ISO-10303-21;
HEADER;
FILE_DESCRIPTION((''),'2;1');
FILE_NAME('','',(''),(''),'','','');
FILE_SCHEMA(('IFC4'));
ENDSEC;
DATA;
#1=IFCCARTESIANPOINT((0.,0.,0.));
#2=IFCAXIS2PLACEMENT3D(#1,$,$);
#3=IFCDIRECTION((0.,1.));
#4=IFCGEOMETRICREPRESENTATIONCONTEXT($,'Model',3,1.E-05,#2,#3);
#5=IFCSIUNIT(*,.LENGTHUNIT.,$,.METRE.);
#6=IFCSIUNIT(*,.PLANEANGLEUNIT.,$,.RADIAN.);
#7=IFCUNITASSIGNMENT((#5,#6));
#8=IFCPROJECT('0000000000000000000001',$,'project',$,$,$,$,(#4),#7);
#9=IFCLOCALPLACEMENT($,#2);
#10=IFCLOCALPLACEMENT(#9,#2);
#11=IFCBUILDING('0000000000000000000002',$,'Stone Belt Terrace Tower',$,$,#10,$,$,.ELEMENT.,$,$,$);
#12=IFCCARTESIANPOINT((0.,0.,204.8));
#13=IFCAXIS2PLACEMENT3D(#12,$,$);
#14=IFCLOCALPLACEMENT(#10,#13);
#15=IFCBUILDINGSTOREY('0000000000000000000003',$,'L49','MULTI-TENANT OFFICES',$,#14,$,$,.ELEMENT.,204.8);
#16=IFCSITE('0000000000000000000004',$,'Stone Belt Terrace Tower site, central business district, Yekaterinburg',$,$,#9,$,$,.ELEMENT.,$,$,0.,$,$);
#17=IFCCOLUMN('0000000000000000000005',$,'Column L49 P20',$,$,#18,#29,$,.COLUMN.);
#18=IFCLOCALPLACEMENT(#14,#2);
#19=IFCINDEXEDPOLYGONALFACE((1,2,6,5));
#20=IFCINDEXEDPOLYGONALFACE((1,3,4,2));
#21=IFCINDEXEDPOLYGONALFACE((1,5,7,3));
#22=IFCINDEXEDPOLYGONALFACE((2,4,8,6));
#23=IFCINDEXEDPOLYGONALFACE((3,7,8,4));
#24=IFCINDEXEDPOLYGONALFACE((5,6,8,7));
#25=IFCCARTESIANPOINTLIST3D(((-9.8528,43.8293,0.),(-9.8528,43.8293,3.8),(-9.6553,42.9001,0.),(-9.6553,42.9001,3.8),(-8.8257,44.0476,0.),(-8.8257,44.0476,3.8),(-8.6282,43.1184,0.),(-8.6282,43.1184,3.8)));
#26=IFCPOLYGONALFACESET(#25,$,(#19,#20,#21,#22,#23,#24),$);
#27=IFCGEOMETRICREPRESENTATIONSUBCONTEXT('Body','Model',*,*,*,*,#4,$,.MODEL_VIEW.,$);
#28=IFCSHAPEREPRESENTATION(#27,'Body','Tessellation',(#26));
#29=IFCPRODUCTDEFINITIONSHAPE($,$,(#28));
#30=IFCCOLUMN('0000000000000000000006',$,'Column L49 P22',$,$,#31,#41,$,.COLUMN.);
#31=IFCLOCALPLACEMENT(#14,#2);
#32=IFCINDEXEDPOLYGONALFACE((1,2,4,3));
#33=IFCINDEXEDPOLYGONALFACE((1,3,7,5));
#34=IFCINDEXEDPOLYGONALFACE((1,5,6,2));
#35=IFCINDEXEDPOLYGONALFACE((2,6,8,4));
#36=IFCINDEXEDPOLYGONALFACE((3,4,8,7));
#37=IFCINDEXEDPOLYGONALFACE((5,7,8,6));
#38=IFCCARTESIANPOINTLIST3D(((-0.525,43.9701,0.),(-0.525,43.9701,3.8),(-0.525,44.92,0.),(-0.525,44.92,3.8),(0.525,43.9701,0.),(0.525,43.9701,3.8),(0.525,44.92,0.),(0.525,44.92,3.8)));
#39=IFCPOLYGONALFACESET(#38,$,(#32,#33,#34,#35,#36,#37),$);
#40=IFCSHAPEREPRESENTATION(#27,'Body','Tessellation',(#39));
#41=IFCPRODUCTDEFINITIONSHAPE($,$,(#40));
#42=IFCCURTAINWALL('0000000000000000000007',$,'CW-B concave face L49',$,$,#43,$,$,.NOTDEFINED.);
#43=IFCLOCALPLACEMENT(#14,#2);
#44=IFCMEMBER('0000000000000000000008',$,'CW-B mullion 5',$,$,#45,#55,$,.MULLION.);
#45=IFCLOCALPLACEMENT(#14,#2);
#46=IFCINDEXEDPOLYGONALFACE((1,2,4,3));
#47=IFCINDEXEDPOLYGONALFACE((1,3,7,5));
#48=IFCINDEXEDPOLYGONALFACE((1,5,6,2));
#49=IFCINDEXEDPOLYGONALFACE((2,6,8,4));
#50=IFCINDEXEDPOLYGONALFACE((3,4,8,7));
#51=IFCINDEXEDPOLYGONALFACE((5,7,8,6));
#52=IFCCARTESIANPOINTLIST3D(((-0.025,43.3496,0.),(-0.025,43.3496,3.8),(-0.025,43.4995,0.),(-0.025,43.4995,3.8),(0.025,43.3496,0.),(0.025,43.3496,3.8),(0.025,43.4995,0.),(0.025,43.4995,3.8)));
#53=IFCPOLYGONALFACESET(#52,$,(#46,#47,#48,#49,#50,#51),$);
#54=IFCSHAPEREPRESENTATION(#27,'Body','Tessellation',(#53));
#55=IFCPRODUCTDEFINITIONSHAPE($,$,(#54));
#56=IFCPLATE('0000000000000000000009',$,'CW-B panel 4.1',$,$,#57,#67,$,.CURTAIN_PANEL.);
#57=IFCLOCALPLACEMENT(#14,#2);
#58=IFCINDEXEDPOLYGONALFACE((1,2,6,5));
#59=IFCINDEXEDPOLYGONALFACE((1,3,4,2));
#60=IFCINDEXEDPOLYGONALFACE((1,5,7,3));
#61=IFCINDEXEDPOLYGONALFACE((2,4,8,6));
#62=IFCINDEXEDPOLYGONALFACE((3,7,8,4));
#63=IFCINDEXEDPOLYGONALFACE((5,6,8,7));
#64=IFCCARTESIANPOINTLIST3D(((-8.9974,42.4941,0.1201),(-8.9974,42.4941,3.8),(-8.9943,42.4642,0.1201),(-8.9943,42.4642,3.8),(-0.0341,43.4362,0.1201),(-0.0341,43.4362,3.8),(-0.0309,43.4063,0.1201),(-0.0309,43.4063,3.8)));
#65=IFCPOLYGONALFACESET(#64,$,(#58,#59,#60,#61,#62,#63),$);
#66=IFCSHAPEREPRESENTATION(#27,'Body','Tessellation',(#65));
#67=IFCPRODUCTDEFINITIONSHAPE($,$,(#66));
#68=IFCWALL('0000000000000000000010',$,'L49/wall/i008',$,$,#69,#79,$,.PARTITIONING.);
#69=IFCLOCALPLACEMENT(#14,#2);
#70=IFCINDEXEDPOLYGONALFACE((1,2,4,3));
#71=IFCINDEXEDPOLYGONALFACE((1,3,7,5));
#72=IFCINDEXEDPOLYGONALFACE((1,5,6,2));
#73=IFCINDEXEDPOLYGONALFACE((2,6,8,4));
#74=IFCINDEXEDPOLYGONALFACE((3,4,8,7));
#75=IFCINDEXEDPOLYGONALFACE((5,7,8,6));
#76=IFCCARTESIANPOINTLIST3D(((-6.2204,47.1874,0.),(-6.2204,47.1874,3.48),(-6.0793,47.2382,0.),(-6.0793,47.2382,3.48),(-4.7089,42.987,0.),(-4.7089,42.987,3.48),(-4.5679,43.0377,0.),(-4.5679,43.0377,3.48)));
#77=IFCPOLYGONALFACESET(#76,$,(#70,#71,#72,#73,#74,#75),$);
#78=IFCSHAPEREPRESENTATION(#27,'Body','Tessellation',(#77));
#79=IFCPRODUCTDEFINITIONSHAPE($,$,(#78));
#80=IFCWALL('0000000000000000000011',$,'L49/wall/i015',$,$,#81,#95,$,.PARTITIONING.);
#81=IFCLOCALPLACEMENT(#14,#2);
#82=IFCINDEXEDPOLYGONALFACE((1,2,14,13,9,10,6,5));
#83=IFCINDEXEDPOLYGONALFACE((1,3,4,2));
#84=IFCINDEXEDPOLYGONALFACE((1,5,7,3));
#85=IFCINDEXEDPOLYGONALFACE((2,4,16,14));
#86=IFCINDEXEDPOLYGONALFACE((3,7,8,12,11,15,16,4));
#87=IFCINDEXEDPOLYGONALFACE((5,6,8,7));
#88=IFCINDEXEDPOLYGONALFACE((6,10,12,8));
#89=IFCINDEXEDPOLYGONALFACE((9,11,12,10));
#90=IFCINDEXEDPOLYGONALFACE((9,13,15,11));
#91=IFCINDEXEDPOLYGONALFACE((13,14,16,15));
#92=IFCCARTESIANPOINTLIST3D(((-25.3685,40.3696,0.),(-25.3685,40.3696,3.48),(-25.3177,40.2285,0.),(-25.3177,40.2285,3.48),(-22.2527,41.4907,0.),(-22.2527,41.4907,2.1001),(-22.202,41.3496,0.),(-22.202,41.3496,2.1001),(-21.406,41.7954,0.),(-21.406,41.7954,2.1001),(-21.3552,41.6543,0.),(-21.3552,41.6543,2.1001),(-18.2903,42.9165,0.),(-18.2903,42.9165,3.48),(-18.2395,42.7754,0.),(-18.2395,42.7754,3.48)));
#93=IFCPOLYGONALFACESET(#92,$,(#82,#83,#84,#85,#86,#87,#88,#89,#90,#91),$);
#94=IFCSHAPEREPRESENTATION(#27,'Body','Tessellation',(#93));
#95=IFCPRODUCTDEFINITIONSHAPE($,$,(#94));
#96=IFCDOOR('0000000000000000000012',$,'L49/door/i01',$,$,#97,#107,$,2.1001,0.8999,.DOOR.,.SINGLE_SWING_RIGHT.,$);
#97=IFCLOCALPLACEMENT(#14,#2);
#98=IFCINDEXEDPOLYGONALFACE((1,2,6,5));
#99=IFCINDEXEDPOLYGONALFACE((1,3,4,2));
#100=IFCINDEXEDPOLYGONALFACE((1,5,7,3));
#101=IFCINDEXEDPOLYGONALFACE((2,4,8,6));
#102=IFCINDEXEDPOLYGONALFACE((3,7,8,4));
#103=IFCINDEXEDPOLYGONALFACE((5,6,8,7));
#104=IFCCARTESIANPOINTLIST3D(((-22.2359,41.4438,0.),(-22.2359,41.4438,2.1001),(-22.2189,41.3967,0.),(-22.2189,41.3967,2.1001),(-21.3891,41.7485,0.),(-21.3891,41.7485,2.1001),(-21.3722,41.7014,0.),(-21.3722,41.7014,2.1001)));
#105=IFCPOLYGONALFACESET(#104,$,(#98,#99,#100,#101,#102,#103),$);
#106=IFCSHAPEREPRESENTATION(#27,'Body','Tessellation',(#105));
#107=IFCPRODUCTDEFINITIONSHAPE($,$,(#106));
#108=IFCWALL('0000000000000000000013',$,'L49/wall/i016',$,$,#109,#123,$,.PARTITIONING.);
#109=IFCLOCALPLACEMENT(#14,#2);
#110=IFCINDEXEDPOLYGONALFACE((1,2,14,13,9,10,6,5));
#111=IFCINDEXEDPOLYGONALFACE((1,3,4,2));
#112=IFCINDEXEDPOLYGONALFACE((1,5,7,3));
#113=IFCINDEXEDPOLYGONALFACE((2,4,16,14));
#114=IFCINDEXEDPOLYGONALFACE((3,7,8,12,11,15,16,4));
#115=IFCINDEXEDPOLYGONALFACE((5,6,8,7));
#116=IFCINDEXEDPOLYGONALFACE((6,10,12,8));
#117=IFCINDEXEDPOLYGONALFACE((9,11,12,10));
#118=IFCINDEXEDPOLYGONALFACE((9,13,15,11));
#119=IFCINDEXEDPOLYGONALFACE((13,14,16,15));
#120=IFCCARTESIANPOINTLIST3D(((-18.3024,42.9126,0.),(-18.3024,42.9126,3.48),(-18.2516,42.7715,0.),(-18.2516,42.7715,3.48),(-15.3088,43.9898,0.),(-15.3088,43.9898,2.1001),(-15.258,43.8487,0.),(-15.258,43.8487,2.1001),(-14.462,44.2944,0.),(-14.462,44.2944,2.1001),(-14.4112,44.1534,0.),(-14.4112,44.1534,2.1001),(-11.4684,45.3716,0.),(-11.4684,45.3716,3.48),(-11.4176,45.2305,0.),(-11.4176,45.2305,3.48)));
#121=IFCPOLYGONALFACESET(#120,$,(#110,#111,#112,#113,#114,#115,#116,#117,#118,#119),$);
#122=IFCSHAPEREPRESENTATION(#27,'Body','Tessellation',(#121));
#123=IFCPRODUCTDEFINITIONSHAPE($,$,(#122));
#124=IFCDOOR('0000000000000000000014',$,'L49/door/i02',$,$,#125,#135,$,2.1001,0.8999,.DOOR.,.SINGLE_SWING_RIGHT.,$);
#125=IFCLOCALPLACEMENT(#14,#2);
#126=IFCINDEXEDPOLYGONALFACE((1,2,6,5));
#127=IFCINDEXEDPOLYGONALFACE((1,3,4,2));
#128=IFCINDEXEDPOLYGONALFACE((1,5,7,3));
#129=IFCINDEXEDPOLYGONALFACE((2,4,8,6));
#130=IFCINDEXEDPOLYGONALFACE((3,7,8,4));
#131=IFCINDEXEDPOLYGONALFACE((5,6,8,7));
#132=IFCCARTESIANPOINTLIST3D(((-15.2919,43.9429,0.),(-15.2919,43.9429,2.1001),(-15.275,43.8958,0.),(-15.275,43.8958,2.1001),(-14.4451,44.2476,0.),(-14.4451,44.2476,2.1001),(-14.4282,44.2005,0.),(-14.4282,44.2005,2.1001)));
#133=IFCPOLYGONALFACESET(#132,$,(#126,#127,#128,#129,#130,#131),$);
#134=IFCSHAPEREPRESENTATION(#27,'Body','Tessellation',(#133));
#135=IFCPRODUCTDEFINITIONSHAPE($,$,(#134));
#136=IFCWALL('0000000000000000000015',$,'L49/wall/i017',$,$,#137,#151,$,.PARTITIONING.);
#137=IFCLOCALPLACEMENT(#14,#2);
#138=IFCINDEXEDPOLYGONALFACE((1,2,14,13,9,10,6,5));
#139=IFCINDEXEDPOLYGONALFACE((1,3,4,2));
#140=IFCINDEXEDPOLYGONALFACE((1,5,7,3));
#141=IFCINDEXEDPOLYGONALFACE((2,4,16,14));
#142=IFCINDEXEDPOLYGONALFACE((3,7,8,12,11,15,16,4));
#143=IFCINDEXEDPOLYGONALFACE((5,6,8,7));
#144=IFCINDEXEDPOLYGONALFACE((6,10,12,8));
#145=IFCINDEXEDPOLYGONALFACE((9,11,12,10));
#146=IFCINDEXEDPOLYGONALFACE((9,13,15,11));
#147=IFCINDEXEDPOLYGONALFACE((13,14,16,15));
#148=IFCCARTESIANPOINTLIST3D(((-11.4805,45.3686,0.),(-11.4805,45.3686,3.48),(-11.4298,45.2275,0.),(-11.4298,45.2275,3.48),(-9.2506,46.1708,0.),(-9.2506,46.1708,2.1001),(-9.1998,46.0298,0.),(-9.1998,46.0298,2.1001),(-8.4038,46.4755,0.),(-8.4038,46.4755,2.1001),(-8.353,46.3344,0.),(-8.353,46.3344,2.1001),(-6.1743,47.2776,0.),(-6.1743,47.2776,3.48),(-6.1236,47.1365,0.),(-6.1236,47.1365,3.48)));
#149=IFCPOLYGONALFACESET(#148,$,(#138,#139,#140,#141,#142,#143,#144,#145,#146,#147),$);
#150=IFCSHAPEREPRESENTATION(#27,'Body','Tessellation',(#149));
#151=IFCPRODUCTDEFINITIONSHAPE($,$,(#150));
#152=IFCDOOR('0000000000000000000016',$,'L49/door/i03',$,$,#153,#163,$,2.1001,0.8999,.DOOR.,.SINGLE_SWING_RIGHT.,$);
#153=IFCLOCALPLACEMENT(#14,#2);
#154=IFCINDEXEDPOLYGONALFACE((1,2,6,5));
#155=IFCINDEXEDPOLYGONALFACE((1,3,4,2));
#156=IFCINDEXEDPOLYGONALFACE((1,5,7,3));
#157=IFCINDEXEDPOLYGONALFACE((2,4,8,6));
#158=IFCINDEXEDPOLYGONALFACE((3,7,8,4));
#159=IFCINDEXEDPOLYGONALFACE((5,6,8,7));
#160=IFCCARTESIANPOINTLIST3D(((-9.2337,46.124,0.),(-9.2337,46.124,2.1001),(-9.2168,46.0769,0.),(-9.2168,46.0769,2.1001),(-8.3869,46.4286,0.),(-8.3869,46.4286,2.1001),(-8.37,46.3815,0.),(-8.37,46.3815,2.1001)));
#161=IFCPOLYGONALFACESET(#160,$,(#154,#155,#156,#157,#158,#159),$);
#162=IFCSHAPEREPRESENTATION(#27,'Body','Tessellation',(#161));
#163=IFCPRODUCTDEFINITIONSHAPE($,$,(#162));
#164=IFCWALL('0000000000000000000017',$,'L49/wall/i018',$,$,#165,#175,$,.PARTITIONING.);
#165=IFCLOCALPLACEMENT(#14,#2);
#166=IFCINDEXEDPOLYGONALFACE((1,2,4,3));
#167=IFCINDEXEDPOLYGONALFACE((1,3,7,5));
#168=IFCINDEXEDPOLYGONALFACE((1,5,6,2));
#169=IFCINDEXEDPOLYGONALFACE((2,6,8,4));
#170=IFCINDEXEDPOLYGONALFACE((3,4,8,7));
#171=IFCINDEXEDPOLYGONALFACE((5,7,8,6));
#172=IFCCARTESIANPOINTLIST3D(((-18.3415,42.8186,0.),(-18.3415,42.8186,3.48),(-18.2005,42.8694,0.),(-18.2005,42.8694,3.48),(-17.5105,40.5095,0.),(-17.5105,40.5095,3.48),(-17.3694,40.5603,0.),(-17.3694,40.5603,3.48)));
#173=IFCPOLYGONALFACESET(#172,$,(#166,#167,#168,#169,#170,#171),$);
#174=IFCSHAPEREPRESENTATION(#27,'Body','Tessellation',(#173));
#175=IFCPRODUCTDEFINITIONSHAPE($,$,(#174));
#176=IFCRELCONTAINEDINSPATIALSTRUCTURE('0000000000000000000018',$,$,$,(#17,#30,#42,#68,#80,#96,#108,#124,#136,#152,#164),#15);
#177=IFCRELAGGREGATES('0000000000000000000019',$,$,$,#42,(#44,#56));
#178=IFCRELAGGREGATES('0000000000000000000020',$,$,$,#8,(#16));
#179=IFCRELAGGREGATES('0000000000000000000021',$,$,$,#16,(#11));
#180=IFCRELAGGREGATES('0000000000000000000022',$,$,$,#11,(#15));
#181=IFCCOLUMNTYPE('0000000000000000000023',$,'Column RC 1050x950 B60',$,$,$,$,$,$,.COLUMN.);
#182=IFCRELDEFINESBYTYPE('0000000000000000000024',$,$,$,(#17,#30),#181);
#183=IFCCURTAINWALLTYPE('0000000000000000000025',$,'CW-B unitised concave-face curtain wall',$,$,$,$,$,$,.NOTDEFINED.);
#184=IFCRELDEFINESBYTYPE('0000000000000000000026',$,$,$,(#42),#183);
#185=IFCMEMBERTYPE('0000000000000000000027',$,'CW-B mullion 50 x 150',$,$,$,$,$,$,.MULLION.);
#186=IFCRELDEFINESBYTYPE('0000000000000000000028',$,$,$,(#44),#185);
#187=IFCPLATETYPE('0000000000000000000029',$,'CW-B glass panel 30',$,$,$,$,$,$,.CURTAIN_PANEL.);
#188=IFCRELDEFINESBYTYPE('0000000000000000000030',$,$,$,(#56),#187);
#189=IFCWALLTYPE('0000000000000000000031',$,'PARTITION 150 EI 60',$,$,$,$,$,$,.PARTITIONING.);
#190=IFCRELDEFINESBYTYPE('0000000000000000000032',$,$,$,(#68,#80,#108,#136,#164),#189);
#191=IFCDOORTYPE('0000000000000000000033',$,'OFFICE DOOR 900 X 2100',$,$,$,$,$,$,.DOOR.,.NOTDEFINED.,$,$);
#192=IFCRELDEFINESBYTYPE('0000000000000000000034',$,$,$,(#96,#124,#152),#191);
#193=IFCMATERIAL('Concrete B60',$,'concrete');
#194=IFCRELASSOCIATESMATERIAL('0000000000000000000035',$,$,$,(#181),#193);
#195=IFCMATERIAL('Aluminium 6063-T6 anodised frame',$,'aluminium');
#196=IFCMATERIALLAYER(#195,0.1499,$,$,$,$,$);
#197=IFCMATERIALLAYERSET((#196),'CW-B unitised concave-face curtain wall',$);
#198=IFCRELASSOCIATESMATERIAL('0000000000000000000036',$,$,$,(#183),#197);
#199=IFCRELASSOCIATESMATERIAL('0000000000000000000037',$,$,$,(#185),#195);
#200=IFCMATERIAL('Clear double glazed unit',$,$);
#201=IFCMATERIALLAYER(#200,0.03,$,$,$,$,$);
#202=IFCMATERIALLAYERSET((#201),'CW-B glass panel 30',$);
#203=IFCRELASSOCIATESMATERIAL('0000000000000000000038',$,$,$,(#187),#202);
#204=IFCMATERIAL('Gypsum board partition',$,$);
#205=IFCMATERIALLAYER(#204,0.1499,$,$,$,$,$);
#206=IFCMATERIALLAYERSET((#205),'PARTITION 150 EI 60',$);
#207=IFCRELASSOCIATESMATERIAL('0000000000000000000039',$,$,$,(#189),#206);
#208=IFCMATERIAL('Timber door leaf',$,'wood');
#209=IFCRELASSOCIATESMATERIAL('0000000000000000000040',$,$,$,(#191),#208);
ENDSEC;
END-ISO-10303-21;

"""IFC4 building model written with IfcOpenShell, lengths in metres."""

from ifc_helpers import new_model, si_unit, direction, frame, frame_2d, origin, origin_2d, place, context, subcontext, project, spatial, rectangle, extrude, material, layer, layer_set, material_profile, profile_set, type_object, element, fill, aggregate, save


model = new_model("IFC4")

# Units and contexts
model_context = context("Model", 3, precision=1e-05, world=origin(), true_north=direction((0.0, 1.0)))
body_context = subcontext(model_context, "Body", "Model", "MODEL_VIEW")
ifc_project = project(units=[si_unit("LENGTHUNIT", "METRE"), si_unit("PLANEANGLEUNIT", "RADIAN")], contexts=[model_context])

# Site, building, storey
site_placement = place(None, origin())
site = spatial("IfcSite", under=ifc_project, at=site_placement, Name="Stone Belt Terrace Tower site, central business district, Yekaterinburg", CompositionType="ELEMENT", RefElevation=0.0)
building_placement = place(site_placement, origin())
building = spatial("IfcBuilding", under=site, at=building_placement, Name="Stone Belt Terrace Tower", CompositionType="ELEMENT")
storey_placement = place(building_placement, frame((0.0, 0.0, 204.8)))
storey = spatial("IfcBuildingStorey", under=building, at=storey_placement, Name="L49", Description="MULTI-TENANT OFFICES", CompositionType="ELEMENT", Elevation=204.8)

# Columns
ifc_material_1 = material(Name="Concrete B60", Category="concrete")
ifc_material_profile_1 = material_profile(ifc_material_1, rectangle(XDim=1.05, YDim=0.95, at=origin_2d()), Name="RC 1050x950")
ifc_profile_set_1 = profile_set([ifc_material_profile_1], Name="Concrete B60")
column_type = type_object("IfcColumnType", Name="Column RC 1050x950 B60", PredefinedType="COLUMN", material=ifc_profile_set_1)
for number, where, z_axis, x_axis, name in (
    (1, (-9.2405, 43.4739, 0.0), (0.0, 0.0, 1.0), (0.978148, 0.207912, 0.0), "Column L49 P20"),
    (2, (0.0, 44.4451, 0.0), (0.0, 0.0, 1.0), (1.0, 0.0, 0.0), "Column L49 P22"),
):
    element("IfcColumn", number, at=place(storey_placement, frame(where, z_axis=z_axis, x_axis=x_axis)), inside=storey, type_object=column_type, Name=name, PredefinedType="COLUMN", context=body_context, shape_type="SweptSolid", body=[
        extrude(rectangle(XDim=1.05, YDim=0.95, at=origin_2d()), origin(), (0.0, 0.0, 1.0), 3.8),
    ])

# Curtain wall, member, plate
ifc_material_2 = material(Name="Aluminium 6063-T6 anodised frame", Category="aluminium")
ifc_layer_1 = layer(ifc_material_2, 0.1499)
ifc_layer_set_1 = layer_set([ifc_layer_1], Name="CW-B unitised concave-face curtain wall")
curtain_wall_type = type_object("IfcCurtainWallType", Name="CW-B unitised concave-face curtain wall", PredefinedType="NOTDEFINED", material=ifc_layer_set_1)
curtain_wall_placement = place(storey_placement, origin())
curtain_wall = element("IfcCurtainWall", 3, at=curtain_wall_placement, inside=storey, type_object=curtain_wall_type, Name="CW-B concave face L49", PredefinedType="NOTDEFINED")
ifc_material_profile_2 = material_profile(ifc_material_2, rectangle(XDim=0.1499, YDim=0.05, at=origin_2d()), Name="Aluminium 6063-T6 50x150")
ifc_profile_set_2 = profile_set([ifc_material_profile_2], Name="Aluminium 6063-T6 anodised frame")
member_type = type_object("IfcMemberType", Name="CW-B mullion 50 x 150", PredefinedType="MULLION", material=ifc_profile_set_2)
member_placement = place(storey_placement, frame((0.0, 43.4246, 0.0), z_axis=(0.0, 0.0, 1.0), x_axis=(0.0, 1.0, 0.0)))
member = element("IfcMember", 4, at=member_placement, type_object=member_type, Name="CW-B mullion 5", PredefinedType="MULLION", context=body_context, shape_type="SweptSolid", body=[
    extrude(rectangle(XDim=0.1499, YDim=0.05, at=origin_2d()), origin(), (0.0, 0.0, 1.0), 3.8),
])
ifc_material_3 = material(Name="Clear double glazed unit")
ifc_layer_2 = layer(ifc_material_3, 0.03)
ifc_layer_set_2 = layer_set([ifc_layer_2], Name="CW-B glass panel 30")
plate_type = type_object("IfcPlateType", Name="CW-B glass panel 30", PredefinedType="CURTAIN_PANEL", material=ifc_layer_set_2)
plate_placement = place(storey_placement, frame((-4.5142, 42.9502, 0.1201), z_axis=(0.0, 0.0, 1.0), x_axis=(0.994522, 0.104528, 0.0)))
plate = element("IfcPlate", 5, at=plate_placement, type_object=plate_type, Name="CW-B panel 4.1", PredefinedType="CURTAIN_PANEL", context=body_context, shape_type="SweptSolid", body=[
    extrude(rectangle(XDim=9.0127, YDim=0.03, at=origin_2d()), origin(), (0.0, 0.0, 1.0), 3.6799),
])
aggregate(curtain_wall, [member, plate])

# Wall
ifc_material_4 = material(Name="Gypsum board partition")
ifc_layer_3 = layer(ifc_material_4, 0.1499)
ifc_layer_set_3 = layer_set([ifc_layer_3], Name="PARTITION 150 EI 60")
wall_type_1 = type_object("IfcWallType", Name="PARTITION 150 EI 60", PredefinedType="PARTITIONING", material=ifc_layer_set_3)
wall_1_placement = place(storey_placement, frame((-4.6384, 43.0125, 0.0), z_axis=(0.0, 0.0, 1.0), x_axis=(-0.338584, 0.940936, 0.0)))
element("IfcWall", 6, at=wall_1_placement, inside=storey, type_object=wall_type_1, Name="L49/wall/i008", PredefinedType="PARTITIONING", context=body_context, shape_type="SweptSolid", body=[
    extrude(rectangle(XDim=4.4641, YDim=0.1499, at=frame_2d((2.2319, 0.0))), origin(), (0.0, 0.0, 1.0), 3.48),
])

# Walls, openings, doors
wall_2_placement = place(storey_placement, frame((-18.2649, 42.8459, 0.0), z_axis=(0.0, 0.0, 1.0), x_axis=(-0.94094, -0.338572, 0.0)))
wall_2 = element("IfcWall", 7, at=wall_2_placement, inside=storey, type_object=wall_type_1, Name="L49/wall/i015", PredefinedType="PARTITIONING", context=body_context, shape_type="SweptSolid", body=[
    extrude(rectangle(XDim=7.5225, YDim=0.1499, at=frame_2d((3.7612, 0.0))), origin(), (0.0, 0.0, 1.0), 3.48),
])
opening_1_placement = place(wall_2_placement, frame((3.3113, 0.0, 0.0)))
opening_1 = element("IfcOpeningElement", 8, at=opening_1_placement, cuts=wall_2, PredefinedType="OPENING", context=body_context, shape_type="SweptSolid", body=[
    extrude(rectangle(XDim=0.8999, YDim=2.1001, at=frame_2d((0.45, 1.05))), frame((0.0, 0.085, 0.0), z_axis=(0.0, -1.0, 0.0), x_axis=(1.0, 0.0, 0.0)), (0.0, 0.0, 1.0), 0.1699),
])
ifc_material_5 = material(Name="Timber door leaf", Category="wood")
door_type_1 = type_object("IfcDoorType", Name="OFFICE DOOR 900 X 2100", OperationType="NOTDEFINED", PredefinedType="DOOR", material=ifc_material_5)
door_1_placement = place(opening_1_placement, origin())
door_1 = element("IfcDoor", 9, at=door_1_placement, inside=storey, type_object=door_type_1, Name="L49/door/i01", OperationType="SINGLE_SWING_RIGHT", OverallHeight=2.1001, OverallWidth=0.8999, PredefinedType="DOOR", context=body_context, shape_type="SweptSolid", body=[
    extrude(rectangle(XDim=0.8999, YDim=2.1001, at=frame_2d((0.45, 1.05))), frame((0.0, 0.0249, 0.0), z_axis=(0.0, -1.0, 0.0), x_axis=(1.0, 0.0, 0.0)), (0.0, 0.0, 1.0), 0.05),
])
fill(opening_1, door_1)
wall_3_placement = place(storey_placement, frame((-11.4431, 45.301, 0.0), z_axis=(0.0, 0.0, 1.0), x_axis=(-0.940942, -0.338567, 0.0)))
wall_3 = element("IfcWall", 10, at=wall_3_placement, inside=storey, type_object=wall_type_1, Name="L49/wall/i016", PredefinedType="PARTITIONING", context=body_context, shape_type="SweptSolid", body=[
    extrude(rectangle(XDim=7.2629, YDim=0.1499, at=frame_2d((3.6313, 0.0))), origin(), (0.0, 0.0, 1.0), 3.48),
])
opening_2_placement = place(wall_3_placement, frame((3.1814, 0.0, 0.0)))
opening_2 = element("IfcOpeningElement", 11, at=opening_2_placement, cuts=wall_3, PredefinedType="OPENING", context=body_context, shape_type="SweptSolid", body=[
    extrude(rectangle(XDim=0.8999, YDim=2.1001, at=frame_2d((0.45, 1.05))), frame((0.0, 0.085, 0.0), z_axis=(0.0, -1.0, 0.0), x_axis=(1.0, 0.0, 0.0)), (0.0, 0.0, 1.0), 0.1699),
])
door_2_placement = place(opening_2_placement, origin())
door_2 = element("IfcDoor", 12, at=door_2_placement, inside=storey, type_object=door_type_1, Name="L49/door/i02", OperationType="SINGLE_SWING_RIGHT", OverallHeight=2.1001, OverallWidth=0.8999, PredefinedType="DOOR", context=body_context, shape_type="SweptSolid", body=[
    extrude(rectangle(XDim=0.8999, YDim=2.1001, at=frame_2d((0.45, 1.05))), frame((0.0, 0.0249, 0.0), z_axis=(0.0, -1.0, 0.0), x_axis=(1.0, 0.0, 0.0)), (0.0, 0.0, 1.0), 0.05),
])
fill(opening_2, door_2)
wall_4_placement = place(storey_placement, frame((-6.1489, 47.207, 0.0), z_axis=(0.0, 0.0, 1.0), x_axis=(-0.94096, -0.338519, 0.0)))
wall_4 = element("IfcWall", 13, at=wall_4_placement, inside=storey, type_object=wall_type_1, Name="L49/wall/i017", PredefinedType="PARTITIONING", context=body_context, shape_type="SweptSolid", body=[
    extrude(rectangle(XDim=5.6392, YDim=0.1499, at=frame_2d((2.8196, 0.0))), origin(), (0.0, 0.0, 1.0), 3.48),
])
opening_3_placement = place(wall_4_placement, frame((2.3694, 0.0, 0.0)))
opening_3 = element("IfcOpeningElement", 14, at=opening_3_placement, cuts=wall_4, PredefinedType="OPENING", context=body_context, shape_type="SweptSolid", body=[
    extrude(rectangle(XDim=0.8999, YDim=2.1001, at=frame_2d((0.45, 1.05))), frame((0.0, 0.085, 0.0), z_axis=(0.0, -1.0, 0.0), x_axis=(1.0, 0.0, 0.0)), (0.0, 0.0, 1.0), 0.1699),
])
door_3_placement = place(opening_3_placement, origin())
door_3 = element("IfcDoor", 15, at=door_3_placement, inside=storey, type_object=door_type_1, Name="L49/door/i03", OperationType="SINGLE_SWING_RIGHT", OverallHeight=2.1001, OverallWidth=0.8999, PredefinedType="DOOR", context=body_context, shape_type="SweptSolid", body=[
    extrude(rectangle(XDim=0.8999, YDim=2.1001, at=frame_2d((0.45, 1.05))), frame((0.0, 0.0249, 0.0), z_axis=(0.0, -1.0, 0.0), x_axis=(1.0, 0.0, 0.0)), (0.0, 0.0, 1.0), 0.05),
])
fill(opening_3, door_3)

# Wall
wall_5_placement = place(storey_placement, frame((-18.271, 42.844, 0.0), z_axis=(0.0, 0.0, 1.0), x_axis=(0.338642, -0.940915, 0.0)))
element("IfcWall", 16, at=wall_5_placement, inside=storey, type_object=wall_type_1, Name="L49/wall/i018", PredefinedType="PARTITIONING", context=body_context, shape_type="SweptSolid", body=[
    extrude(rectangle(XDim=2.4541, YDim=0.1499, at=frame_2d((1.2271, 0.0))), origin(), (0.0, 0.0, 1.0), 3.48),
])

save(model, "model.ifc")
